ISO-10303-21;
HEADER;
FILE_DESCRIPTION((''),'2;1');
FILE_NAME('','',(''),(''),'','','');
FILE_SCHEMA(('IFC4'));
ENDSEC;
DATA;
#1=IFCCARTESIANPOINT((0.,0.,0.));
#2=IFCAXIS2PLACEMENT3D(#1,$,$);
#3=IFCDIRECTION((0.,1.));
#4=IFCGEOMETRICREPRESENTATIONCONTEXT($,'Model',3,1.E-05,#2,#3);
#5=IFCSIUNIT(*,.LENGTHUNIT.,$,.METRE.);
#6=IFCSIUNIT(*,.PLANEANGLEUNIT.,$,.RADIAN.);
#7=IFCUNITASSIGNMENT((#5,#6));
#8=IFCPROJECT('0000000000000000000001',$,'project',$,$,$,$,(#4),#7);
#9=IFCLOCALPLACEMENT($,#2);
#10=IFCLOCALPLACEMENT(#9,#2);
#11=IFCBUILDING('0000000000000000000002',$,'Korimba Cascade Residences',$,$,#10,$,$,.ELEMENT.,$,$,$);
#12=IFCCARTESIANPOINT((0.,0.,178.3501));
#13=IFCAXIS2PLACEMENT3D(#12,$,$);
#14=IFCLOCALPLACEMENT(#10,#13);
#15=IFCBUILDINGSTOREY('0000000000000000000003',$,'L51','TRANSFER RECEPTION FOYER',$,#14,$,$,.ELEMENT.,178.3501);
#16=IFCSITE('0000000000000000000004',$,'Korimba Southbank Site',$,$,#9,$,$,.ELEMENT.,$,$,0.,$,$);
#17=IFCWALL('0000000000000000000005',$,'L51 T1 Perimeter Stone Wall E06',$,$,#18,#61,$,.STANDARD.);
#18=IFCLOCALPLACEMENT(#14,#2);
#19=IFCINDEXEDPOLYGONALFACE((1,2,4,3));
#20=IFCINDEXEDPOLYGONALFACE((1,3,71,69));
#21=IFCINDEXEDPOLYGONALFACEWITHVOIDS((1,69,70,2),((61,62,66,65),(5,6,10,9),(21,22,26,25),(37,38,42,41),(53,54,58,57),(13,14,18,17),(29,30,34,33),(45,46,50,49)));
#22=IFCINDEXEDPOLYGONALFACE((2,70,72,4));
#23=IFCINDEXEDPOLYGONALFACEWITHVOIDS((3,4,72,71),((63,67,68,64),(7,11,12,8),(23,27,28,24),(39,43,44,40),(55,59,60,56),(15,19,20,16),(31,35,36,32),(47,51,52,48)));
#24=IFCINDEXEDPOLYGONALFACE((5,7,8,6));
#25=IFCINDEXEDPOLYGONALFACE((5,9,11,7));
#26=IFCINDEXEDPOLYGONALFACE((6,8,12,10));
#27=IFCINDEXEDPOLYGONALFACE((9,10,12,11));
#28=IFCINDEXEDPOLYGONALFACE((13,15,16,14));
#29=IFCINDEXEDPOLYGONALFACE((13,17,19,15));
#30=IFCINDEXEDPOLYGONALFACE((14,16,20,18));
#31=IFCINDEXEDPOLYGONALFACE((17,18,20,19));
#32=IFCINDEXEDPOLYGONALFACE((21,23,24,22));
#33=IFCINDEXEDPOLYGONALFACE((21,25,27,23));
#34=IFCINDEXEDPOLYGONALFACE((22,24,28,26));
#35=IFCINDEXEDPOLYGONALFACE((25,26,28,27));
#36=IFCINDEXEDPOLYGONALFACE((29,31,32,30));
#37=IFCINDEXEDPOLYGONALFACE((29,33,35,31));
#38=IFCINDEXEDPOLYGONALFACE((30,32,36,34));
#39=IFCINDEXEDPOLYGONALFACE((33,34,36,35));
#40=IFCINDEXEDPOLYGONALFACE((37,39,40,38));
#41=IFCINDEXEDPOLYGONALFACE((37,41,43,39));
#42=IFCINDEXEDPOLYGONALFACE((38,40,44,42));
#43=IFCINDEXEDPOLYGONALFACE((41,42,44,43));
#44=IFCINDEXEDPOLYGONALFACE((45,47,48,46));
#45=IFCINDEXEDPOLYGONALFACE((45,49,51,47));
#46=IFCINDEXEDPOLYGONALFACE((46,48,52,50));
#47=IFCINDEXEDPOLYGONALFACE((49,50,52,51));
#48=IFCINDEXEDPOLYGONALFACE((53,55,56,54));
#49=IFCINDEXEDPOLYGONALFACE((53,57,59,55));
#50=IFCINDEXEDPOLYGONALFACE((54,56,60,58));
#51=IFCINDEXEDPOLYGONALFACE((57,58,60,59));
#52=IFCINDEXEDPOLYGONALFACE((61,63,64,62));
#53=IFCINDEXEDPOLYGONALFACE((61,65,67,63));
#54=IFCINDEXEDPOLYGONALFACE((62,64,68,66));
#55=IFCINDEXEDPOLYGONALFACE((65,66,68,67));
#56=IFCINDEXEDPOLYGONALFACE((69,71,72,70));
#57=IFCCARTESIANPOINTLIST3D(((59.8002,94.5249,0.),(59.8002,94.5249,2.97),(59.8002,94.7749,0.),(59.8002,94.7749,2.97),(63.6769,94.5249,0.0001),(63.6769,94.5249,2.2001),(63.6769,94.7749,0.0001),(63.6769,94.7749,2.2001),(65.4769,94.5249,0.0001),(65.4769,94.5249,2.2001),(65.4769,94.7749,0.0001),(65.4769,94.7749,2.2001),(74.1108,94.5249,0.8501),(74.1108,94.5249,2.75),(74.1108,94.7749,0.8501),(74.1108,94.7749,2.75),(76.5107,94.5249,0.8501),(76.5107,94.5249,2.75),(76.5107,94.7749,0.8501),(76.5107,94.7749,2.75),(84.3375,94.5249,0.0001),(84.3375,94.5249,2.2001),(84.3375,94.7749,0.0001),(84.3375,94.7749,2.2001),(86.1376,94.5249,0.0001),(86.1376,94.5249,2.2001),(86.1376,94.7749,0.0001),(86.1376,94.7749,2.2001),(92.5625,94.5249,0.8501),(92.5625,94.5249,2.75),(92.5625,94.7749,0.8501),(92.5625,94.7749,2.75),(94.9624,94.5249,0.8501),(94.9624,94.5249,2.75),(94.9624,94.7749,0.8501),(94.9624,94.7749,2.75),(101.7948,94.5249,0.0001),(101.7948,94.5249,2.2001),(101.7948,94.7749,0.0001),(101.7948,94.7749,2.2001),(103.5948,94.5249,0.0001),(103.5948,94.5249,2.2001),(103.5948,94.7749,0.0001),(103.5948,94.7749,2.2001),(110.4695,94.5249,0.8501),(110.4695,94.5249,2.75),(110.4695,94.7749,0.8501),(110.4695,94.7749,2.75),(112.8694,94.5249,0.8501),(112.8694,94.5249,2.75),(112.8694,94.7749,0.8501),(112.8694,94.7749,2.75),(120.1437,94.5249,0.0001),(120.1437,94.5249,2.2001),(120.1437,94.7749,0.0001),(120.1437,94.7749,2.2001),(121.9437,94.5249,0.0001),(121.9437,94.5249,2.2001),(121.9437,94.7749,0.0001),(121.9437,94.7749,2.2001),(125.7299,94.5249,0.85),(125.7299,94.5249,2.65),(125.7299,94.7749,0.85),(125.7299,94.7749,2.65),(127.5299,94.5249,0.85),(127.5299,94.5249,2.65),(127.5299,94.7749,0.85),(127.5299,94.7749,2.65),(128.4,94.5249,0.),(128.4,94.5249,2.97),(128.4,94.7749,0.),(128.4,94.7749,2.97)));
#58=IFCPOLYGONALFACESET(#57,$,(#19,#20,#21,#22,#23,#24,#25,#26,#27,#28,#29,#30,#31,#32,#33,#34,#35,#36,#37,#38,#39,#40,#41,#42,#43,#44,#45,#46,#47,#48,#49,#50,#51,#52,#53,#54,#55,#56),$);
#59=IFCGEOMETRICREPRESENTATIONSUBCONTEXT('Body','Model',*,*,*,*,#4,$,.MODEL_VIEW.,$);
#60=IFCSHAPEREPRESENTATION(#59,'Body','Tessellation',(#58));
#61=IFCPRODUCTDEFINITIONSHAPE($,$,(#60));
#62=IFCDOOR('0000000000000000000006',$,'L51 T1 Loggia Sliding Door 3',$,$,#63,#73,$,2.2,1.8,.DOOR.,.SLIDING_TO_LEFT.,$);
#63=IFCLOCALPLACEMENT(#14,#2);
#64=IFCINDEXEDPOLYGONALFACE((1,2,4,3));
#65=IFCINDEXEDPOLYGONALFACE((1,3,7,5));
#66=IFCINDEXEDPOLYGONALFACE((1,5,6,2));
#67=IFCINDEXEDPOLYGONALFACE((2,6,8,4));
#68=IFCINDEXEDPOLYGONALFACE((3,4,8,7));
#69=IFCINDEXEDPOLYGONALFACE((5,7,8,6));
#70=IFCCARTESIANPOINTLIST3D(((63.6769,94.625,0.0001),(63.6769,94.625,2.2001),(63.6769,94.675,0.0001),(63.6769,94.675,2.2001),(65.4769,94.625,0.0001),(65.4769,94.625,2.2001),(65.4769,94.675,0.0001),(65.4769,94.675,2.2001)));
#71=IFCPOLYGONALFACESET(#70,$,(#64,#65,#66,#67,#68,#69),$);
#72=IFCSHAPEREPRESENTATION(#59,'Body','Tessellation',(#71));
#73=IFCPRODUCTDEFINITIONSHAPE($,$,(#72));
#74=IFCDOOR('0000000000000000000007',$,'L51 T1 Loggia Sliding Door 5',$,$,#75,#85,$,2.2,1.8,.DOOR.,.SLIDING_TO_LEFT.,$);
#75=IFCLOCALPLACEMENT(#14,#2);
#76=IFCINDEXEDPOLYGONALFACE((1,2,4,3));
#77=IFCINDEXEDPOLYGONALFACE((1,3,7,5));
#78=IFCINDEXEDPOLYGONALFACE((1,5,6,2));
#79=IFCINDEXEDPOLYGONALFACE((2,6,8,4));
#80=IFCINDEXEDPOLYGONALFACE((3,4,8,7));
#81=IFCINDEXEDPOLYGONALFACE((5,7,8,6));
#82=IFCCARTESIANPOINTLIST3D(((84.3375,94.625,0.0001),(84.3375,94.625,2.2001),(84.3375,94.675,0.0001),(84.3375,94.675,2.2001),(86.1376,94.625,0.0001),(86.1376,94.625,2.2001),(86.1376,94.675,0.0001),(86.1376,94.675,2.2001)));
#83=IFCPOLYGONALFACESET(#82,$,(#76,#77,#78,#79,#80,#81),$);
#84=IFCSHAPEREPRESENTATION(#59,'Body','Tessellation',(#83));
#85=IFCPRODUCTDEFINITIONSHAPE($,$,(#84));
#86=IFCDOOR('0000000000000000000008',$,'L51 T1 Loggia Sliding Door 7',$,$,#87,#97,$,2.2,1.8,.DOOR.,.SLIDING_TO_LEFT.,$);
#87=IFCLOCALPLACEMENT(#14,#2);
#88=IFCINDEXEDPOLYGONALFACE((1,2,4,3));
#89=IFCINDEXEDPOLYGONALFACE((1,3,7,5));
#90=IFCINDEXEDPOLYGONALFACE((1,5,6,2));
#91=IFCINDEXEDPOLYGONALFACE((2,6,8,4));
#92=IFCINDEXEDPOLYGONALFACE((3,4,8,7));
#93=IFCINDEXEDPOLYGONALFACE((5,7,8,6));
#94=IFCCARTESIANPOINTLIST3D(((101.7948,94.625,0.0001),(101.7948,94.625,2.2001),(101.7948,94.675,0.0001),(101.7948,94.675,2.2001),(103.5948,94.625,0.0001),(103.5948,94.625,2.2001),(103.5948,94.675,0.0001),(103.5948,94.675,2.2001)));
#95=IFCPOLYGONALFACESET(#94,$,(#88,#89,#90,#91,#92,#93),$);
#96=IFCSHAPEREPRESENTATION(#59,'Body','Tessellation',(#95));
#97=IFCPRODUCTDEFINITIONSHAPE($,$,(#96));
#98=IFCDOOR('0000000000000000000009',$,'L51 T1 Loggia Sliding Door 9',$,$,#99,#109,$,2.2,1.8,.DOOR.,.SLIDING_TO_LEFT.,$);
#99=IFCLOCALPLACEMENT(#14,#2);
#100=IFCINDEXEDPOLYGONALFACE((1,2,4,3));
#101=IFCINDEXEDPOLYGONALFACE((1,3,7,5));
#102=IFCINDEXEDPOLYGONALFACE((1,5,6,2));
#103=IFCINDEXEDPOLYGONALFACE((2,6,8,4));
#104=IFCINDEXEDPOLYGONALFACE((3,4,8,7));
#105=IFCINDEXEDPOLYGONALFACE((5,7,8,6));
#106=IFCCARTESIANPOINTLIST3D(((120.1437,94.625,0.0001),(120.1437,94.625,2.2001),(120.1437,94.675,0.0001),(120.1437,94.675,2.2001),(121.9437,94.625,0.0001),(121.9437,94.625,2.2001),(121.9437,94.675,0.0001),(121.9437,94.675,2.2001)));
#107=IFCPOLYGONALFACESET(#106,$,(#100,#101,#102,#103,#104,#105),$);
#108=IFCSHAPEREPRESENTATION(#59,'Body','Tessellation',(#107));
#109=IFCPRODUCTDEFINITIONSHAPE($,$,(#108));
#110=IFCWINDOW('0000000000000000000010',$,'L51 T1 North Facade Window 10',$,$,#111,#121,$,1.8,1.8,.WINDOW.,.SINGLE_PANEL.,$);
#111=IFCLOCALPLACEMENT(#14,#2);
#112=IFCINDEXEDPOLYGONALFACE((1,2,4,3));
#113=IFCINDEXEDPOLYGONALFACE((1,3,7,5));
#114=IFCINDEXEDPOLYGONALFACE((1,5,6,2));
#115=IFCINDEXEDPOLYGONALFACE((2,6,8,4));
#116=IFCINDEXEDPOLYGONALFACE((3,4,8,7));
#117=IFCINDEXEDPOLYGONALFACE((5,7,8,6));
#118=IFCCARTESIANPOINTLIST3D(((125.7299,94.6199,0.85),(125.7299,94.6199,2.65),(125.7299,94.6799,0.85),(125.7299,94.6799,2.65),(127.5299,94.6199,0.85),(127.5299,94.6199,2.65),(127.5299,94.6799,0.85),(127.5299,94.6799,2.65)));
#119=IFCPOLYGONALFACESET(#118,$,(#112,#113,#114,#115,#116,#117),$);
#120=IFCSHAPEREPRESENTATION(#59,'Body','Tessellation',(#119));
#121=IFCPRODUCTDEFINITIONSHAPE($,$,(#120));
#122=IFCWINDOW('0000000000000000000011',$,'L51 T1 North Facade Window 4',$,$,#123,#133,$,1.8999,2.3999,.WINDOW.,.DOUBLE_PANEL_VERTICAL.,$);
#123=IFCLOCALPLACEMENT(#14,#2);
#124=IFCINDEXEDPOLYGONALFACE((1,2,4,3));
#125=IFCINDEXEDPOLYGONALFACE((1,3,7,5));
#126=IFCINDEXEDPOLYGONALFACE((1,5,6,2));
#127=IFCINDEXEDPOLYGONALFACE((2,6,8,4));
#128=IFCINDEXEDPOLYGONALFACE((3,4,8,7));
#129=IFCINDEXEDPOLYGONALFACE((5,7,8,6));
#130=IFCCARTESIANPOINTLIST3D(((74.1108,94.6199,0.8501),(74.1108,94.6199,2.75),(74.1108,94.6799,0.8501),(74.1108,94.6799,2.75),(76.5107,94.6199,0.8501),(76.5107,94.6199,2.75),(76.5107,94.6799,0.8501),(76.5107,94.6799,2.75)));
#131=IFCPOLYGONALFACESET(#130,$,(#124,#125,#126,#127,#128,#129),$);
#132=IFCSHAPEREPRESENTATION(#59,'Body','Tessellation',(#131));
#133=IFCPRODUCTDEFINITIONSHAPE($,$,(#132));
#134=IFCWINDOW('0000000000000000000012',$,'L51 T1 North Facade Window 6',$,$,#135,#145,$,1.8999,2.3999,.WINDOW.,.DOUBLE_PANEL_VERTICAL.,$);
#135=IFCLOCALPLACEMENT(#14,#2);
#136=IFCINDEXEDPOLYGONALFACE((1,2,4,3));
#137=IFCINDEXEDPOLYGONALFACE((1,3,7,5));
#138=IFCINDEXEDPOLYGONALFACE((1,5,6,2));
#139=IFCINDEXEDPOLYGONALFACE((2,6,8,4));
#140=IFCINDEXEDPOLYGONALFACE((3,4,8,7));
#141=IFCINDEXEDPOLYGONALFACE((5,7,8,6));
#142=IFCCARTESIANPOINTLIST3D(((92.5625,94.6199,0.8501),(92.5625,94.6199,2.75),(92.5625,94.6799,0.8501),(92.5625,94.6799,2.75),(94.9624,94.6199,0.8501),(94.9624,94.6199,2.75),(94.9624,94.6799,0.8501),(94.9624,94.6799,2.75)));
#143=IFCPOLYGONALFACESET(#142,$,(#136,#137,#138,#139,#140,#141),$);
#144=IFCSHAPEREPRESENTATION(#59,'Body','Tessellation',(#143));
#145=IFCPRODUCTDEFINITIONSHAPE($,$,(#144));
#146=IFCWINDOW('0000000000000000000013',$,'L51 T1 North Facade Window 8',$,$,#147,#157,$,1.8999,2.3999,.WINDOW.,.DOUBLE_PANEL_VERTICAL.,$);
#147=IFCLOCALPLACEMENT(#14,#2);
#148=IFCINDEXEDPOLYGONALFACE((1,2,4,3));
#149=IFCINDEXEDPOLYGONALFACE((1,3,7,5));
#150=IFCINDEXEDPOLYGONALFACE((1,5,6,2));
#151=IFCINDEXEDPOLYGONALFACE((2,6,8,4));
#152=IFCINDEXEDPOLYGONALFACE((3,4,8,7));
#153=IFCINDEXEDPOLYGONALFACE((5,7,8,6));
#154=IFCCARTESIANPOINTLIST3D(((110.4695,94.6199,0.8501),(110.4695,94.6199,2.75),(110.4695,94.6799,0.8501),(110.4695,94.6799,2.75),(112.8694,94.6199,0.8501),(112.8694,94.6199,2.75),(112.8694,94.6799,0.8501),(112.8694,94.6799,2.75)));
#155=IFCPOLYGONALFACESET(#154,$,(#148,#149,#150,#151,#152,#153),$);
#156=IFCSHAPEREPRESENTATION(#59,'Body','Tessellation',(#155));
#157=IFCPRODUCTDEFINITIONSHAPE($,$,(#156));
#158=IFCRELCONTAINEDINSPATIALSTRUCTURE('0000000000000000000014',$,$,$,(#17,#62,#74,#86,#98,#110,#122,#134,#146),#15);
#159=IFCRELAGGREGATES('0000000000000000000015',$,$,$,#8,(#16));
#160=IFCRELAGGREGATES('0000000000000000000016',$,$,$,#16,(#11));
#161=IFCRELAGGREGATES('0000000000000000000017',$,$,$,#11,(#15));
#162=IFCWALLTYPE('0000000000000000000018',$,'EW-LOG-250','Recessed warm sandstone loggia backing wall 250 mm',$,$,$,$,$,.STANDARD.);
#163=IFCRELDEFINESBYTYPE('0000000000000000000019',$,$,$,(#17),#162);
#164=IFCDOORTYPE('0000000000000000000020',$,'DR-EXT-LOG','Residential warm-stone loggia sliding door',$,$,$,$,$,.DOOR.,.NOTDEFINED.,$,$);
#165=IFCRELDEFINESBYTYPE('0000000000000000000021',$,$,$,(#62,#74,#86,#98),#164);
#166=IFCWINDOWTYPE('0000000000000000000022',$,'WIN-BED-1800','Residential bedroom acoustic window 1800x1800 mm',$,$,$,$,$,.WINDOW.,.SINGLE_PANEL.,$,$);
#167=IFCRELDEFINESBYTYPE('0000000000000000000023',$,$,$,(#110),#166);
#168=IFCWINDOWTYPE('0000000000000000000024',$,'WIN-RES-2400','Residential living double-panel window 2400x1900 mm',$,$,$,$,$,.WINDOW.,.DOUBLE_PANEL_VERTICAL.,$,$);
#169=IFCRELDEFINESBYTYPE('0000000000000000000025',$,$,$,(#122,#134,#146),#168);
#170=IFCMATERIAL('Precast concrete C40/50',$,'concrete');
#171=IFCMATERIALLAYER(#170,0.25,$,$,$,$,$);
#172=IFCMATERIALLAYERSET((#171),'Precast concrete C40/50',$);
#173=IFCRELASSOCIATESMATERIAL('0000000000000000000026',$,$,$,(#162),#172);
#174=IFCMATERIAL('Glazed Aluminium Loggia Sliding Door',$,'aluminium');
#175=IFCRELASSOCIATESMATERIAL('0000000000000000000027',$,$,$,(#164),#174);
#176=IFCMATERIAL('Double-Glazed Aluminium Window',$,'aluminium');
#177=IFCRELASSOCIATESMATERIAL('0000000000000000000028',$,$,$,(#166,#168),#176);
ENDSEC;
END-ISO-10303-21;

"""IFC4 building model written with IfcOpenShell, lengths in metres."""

from ifc_helpers import new_model, si_unit, direction, frame, frame_2d, origin, place, context, subcontext, project, spatial, rectangle, extrude, material, layer, layer_set, type_object, element, fill, save


model = new_model("IFC4")

# Units and contexts
model_context = context("Model", 3, precision=1e-05, world=origin(), true_north=direction((0.0, 1.0)))
body_context = subcontext(model_context, "Body", "Model", "MODEL_VIEW")
ifc_project = project(units=[si_unit("LENGTHUNIT", "METRE"), si_unit("PLANEANGLEUNIT", "RADIAN")], contexts=[model_context])

# Site, building, storey
site_placement = place(None, origin())
site = spatial("IfcSite", under=ifc_project, at=site_placement, Name="Korimba Southbank Site", CompositionType="ELEMENT", RefElevation=0.0)
building_placement = place(site_placement, origin())
building = spatial("IfcBuilding", under=site, at=building_placement, Name="Korimba Cascade Residences", CompositionType="ELEMENT")
storey_placement = place(building_placement, frame((0.0, 0.0, 178.3501)))
storey = spatial("IfcBuildingStorey", under=building, at=storey_placement, Name="L51", Description="TRANSFER RECEPTION FOYER", CompositionType="ELEMENT", Elevation=178.3501)

# Wall, openings, doors, windows
ifc_material_1 = material(Name="Precast concrete C40/50", Category="concrete")
ifc_layer_1 = layer(ifc_material_1, 0.25)
ifc_layer_set_1 = layer_set([ifc_layer_1], Name="Precast concrete C40/50")
wall_type_1 = type_object("IfcWallType", Name="EW-LOG-250", Description="Recessed warm sandstone loggia backing wall 250 mm", PredefinedType="STANDARD", material=ifc_layer_set_1)
wall_1_placement = place(storey_placement, frame((128.3999, 94.6499, 0.0), z_axis=(0.0, 0.0, 1.0), x_axis=(-1.0, 0.0, 0.0)))
wall_1 = element("IfcWall", 1, at=wall_1_placement, inside=storey, type_object=wall_type_1, Name="L51 T1 Perimeter Stone Wall E06", PredefinedType="STANDARD", context=body_context, shape_type="SweptSolid", body=[
    extrude(rectangle(XDim=68.5999, YDim=0.25, at=frame_2d((34.2998, 0.0))), origin(), (0.0, 0.0, 1.0), 2.97),
])
opening_1_placement = place(wall_1_placement, frame((62.9231, 0.0, 0.0)))
opening_1 = element("IfcOpeningElement", 2, at=opening_1_placement, cuts=wall_1, PredefinedType="OPENING", context=body_context, shape_type="SweptSolid", body=[
    extrude(rectangle(XDim=1.8, YDim=2.2, at=frame_2d((0.8999, 1.1001))), frame((0.0, 0.135, 0.0), z_axis=(0.0, -1.0, 0.0), x_axis=(1.0, 0.0, 0.0)), (0.0, 0.0, 1.0), 0.27),
])
opening_2_placement = place(wall_1_placement, frame((51.8892, 0.0, 0.8501)))
opening_2 = element("IfcOpeningElement", 3, at=opening_2_placement, cuts=wall_1, PredefinedType="OPENING", context=body_context, shape_type="SweptSolid", body=[
    extrude(rectangle(XDim=2.3999, YDim=1.8999, at=frame_2d((1.2, 0.95))), frame((0.0, 0.135, 0.0), z_axis=(0.0, -1.0, 0.0), x_axis=(1.0, 0.0, 0.0)), (0.0, 0.0, 1.0), 0.27),
])
opening_3_placement = place(wall_1_placement, frame((42.2625, 0.0, 0.0)))
opening_3 = element("IfcOpeningElement", 4, at=opening_3_placement, cuts=wall_1, PredefinedType="OPENING", context=body_context, shape_type="SweptSolid", body=[
    extrude(rectangle(XDim=1.8, YDim=2.2, at=frame_2d((0.8999, 1.1001))), frame((0.0, 0.135, 0.0), z_axis=(0.0, -1.0, 0.0), x_axis=(1.0, 0.0, 0.0)), (0.0, 0.0, 1.0), 0.27),
])
opening_4_placement = place(wall_1_placement, frame((33.4375, 0.0, 0.8501)))
opening_4 = element("IfcOpeningElement", 5, at=opening_4_placement, cuts=wall_1, PredefinedType="OPENING", context=body_context, shape_type="SweptSolid", body=[
    extrude(rectangle(XDim=2.3999, YDim=1.8999, at=frame_2d((1.2, 0.95))), frame((0.0, 0.135, 0.0), z_axis=(0.0, -1.0, 0.0), x_axis=(1.0, 0.0, 0.0)), (0.0, 0.0, 1.0), 0.27),
])
opening_5_placement = place(wall_1_placement, frame((24.8052, 0.0, 0.0)))
opening_5 = element("IfcOpeningElement", 6, at=opening_5_placement, cuts=wall_1, PredefinedType="OPENING", context=body_context, shape_type="SweptSolid", body=[
    extrude(rectangle(XDim=1.8, YDim=2.2, at=frame_2d((0.8999, 1.1001))), frame((0.0, 0.135, 0.0), z_axis=(0.0, -1.0, 0.0), x_axis=(1.0, 0.0, 0.0)), (0.0, 0.0, 1.0), 0.27),
])
opening_6_placement = place(wall_1_placement, frame((15.5305, 0.0, 0.8501)))
opening_6 = element("IfcOpeningElement", 7, at=opening_6_placement, cuts=wall_1, PredefinedType="OPENING", context=body_context, shape_type="SweptSolid", body=[
    extrude(rectangle(XDim=2.3999, YDim=1.8999, at=frame_2d((1.2, 0.95))), frame((0.0, 0.135, 0.0), z_axis=(0.0, -1.0, 0.0), x_axis=(1.0, 0.0, 0.0)), (0.0, 0.0, 1.0), 0.27),
])
opening_7_placement = place(wall_1_placement, frame((6.4563, 0.0, 0.0)))
opening_7 = element("IfcOpeningElement", 8, at=opening_7_placement, cuts=wall_1, PredefinedType="OPENING", context=body_context, shape_type="SweptSolid", body=[
    extrude(rectangle(XDim=1.8, YDim=2.2, at=frame_2d((0.8999, 1.1001))), frame((0.0, 0.135, 0.0), z_axis=(0.0, -1.0, 0.0), x_axis=(1.0, 0.0, 0.0)), (0.0, 0.0, 1.0), 0.27),
])
opening_8_placement = place(wall_1_placement, frame((0.8701, 0.0, 0.8501)))
opening_8 = element("IfcOpeningElement", 9, at=opening_8_placement, cuts=wall_1, PredefinedType="OPENING", context=body_context, shape_type="SweptSolid", body=[
    extrude(rectangle(XDim=1.8, YDim=1.8, at=frame_2d((0.8999, 0.8999))), frame((0.0, 0.135, 0.0), z_axis=(0.0, -1.0, 0.0), x_axis=(1.0, 0.0, 0.0)), (0.0, 0.0, 1.0), 0.27),
])
ifc_material_2 = material(Name="Glazed Aluminium Loggia Sliding Door", Category="aluminium")
door_type = type_object("IfcDoorType", Name="DR-EXT-LOG", Description="Residential warm-stone loggia sliding door", OperationType="NOTDEFINED", PredefinedType="DOOR", material=ifc_material_2)
door_1_placement = place(opening_1_placement, origin())
door_1 = element("IfcDoor", 10, at=door_1_placement, inside=storey, type_object=door_type, Name="L51 T1 Loggia Sliding Door 3", OperationType="SLIDING_TO_LEFT", OverallHeight=2.2, OverallWidth=1.8, PredefinedType="DOOR", context=body_context, shape_type="SweptSolid", body=[
    extrude(rectangle(XDim=1.8, YDim=2.2, at=frame_2d((0.8999, 1.1001))), frame((0.0, 0.0249, 0.0), z_axis=(0.0, -1.0, 0.0), x_axis=(1.0, 0.0, 0.0)), (0.0, 0.0, 1.0), 0.05),
])
fill(opening_1, door_1)
door_2_placement = place(opening_3_placement, origin())
door_2 = element("IfcDoor", 11, at=door_2_placement, inside=storey, type_object=door_type, Name="L51 T1 Loggia Sliding Door 5", OperationType="SLIDING_TO_LEFT", OverallHeight=2.2, OverallWidth=1.8, PredefinedType="DOOR", context=body_context, shape_type="SweptSolid", body=[
    extrude(rectangle(XDim=1.8, YDim=2.2, at=frame_2d((0.8999, 1.1001))), frame((0.0, 0.0249, 0.0), z_axis=(0.0, -1.0, 0.0), x_axis=(1.0, 0.0, 0.0)), (0.0, 0.0, 1.0), 0.05),
])
fill(opening_3, door_2)
door_3_placement = place(opening_5_placement, origin())
door_3 = element("IfcDoor", 12, at=door_3_placement, inside=storey, type_object=door_type, Name="L51 T1 Loggia Sliding Door 7", OperationType="SLIDING_TO_LEFT", OverallHeight=2.2, OverallWidth=1.8, PredefinedType="DOOR", context=body_context, shape_type="SweptSolid", body=[
    extrude(rectangle(XDim=1.8, YDim=2.2, at=frame_2d((0.8999, 1.1001))), frame((0.0, 0.0249, 0.0), z_axis=(0.0, -1.0, 0.0), x_axis=(1.0, 0.0, 0.0)), (0.0, 0.0, 1.0), 0.05),
])
fill(opening_5, door_3)
door_4_placement = place(opening_7_placement, origin())
door_4 = element("IfcDoor", 13, at=door_4_placement, inside=storey, type_object=door_type, Name="L51 T1 Loggia Sliding Door 9", OperationType="SLIDING_TO_LEFT", OverallHeight=2.2, OverallWidth=1.8, PredefinedType="DOOR", context=body_context, shape_type="SweptSolid", body=[
    extrude(rectangle(XDim=1.8, YDim=2.2, at=frame_2d((0.8999, 1.1001))), frame((0.0, 0.0249, 0.0), z_axis=(0.0, -1.0, 0.0), x_axis=(1.0, 0.0, 0.0)), (0.0, 0.0, 1.0), 0.05),
])
fill(opening_7, door_4)
ifc_material_3 = material(Name="Double-Glazed Aluminium Window", Category="aluminium")
window_type_1 = type_object("IfcWindowType", Name="WIN-BED-1800", Description="Residential bedroom acoustic window 1800x1800 mm", PartitioningType="SINGLE_PANEL", PredefinedType="WINDOW", material=ifc_material_3)
window_1_placement = place(opening_8_placement, origin())
window_1 = element("IfcWindow", 14, at=window_1_placement, inside=storey, type_object=window_type_1, Name="L51 T1 North Facade Window 10", OverallHeight=1.8, OverallWidth=1.8, PartitioningType="SINGLE_PANEL", PredefinedType="WINDOW", context=body_context, shape_type="SweptSolid", body=[
    extrude(rectangle(XDim=1.8, YDim=1.8, at=frame_2d((0.8999, 0.8999))), frame((0.0, 0.03, 0.0), z_axis=(0.0, -1.0, 0.0), x_axis=(1.0, 0.0, 0.0)), (0.0, 0.0, 1.0), 0.0601),
])
fill(opening_8, window_1)
window_type_2 = type_object("IfcWindowType", Name="WIN-RES-2400", Description="Residential living double-panel window 2400x1900 mm", PartitioningType="DOUBLE_PANEL_VERTICAL", PredefinedType="WINDOW", material=ifc_material_3)
window_2_placement = place(opening_2_placement, origin())
window_2 = element("IfcWindow", 15, at=window_2_placement, inside=storey, type_object=window_type_2, Name="L51 T1 North Facade Window 4", OverallHeight=1.8999, OverallWidth=2.3999, PartitioningType="DOUBLE_PANEL_VERTICAL", PredefinedType="WINDOW", context=body_context, shape_type="SweptSolid", body=[
    extrude(rectangle(XDim=2.3999, YDim=1.8999, at=frame_2d((1.2, 0.95))), frame((0.0, 0.03, 0.0), z_axis=(0.0, -1.0, 0.0), x_axis=(1.0, 0.0, 0.0)), (0.0, 0.0, 1.0), 0.0601),
])
fill(opening_2, window_2)
window_3_placement = place(opening_4_placement, origin())
window_3 = element("IfcWindow", 16, at=window_3_placement, inside=storey, type_object=window_type_2, Name="L51 T1 North Facade Window 6", OverallHeight=1.8999, OverallWidth=2.3999, PartitioningType="DOUBLE_PANEL_VERTICAL", PredefinedType="WINDOW", context=body_context, shape_type="SweptSolid", body=[
    extrude(rectangle(XDim=2.3999, YDim=1.8999, at=frame_2d((1.2, 0.95))), frame((0.0, 0.03, 0.0), z_axis=(0.0, -1.0, 0.0), x_axis=(1.0, 0.0, 0.0)), (0.0, 0.0, 1.0), 0.0601),
])
fill(opening_4, window_3)
window_4_placement = place(opening_6_placement, origin())
window_4 = element("IfcWindow", 17, at=window_4_placement, inside=storey, type_object=window_type_2, Name="L51 T1 North Facade Window 8", OverallHeight=1.8999, OverallWidth=2.3999, PartitioningType="DOUBLE_PANEL_VERTICAL", PredefinedType="WINDOW", context=body_context, shape_type="SweptSolid", body=[
    extrude(rectangle(XDim=2.3999, YDim=1.8999, at=frame_2d((1.2, 0.95))), frame((0.0, 0.03, 0.0), z_axis=(0.0, -1.0, 0.0), x_axis=(1.0, 0.0, 0.0)), (0.0, 0.0, 1.0), 0.0601),
])
fill(opening_6, window_4)

save(model, "model.ifc")
